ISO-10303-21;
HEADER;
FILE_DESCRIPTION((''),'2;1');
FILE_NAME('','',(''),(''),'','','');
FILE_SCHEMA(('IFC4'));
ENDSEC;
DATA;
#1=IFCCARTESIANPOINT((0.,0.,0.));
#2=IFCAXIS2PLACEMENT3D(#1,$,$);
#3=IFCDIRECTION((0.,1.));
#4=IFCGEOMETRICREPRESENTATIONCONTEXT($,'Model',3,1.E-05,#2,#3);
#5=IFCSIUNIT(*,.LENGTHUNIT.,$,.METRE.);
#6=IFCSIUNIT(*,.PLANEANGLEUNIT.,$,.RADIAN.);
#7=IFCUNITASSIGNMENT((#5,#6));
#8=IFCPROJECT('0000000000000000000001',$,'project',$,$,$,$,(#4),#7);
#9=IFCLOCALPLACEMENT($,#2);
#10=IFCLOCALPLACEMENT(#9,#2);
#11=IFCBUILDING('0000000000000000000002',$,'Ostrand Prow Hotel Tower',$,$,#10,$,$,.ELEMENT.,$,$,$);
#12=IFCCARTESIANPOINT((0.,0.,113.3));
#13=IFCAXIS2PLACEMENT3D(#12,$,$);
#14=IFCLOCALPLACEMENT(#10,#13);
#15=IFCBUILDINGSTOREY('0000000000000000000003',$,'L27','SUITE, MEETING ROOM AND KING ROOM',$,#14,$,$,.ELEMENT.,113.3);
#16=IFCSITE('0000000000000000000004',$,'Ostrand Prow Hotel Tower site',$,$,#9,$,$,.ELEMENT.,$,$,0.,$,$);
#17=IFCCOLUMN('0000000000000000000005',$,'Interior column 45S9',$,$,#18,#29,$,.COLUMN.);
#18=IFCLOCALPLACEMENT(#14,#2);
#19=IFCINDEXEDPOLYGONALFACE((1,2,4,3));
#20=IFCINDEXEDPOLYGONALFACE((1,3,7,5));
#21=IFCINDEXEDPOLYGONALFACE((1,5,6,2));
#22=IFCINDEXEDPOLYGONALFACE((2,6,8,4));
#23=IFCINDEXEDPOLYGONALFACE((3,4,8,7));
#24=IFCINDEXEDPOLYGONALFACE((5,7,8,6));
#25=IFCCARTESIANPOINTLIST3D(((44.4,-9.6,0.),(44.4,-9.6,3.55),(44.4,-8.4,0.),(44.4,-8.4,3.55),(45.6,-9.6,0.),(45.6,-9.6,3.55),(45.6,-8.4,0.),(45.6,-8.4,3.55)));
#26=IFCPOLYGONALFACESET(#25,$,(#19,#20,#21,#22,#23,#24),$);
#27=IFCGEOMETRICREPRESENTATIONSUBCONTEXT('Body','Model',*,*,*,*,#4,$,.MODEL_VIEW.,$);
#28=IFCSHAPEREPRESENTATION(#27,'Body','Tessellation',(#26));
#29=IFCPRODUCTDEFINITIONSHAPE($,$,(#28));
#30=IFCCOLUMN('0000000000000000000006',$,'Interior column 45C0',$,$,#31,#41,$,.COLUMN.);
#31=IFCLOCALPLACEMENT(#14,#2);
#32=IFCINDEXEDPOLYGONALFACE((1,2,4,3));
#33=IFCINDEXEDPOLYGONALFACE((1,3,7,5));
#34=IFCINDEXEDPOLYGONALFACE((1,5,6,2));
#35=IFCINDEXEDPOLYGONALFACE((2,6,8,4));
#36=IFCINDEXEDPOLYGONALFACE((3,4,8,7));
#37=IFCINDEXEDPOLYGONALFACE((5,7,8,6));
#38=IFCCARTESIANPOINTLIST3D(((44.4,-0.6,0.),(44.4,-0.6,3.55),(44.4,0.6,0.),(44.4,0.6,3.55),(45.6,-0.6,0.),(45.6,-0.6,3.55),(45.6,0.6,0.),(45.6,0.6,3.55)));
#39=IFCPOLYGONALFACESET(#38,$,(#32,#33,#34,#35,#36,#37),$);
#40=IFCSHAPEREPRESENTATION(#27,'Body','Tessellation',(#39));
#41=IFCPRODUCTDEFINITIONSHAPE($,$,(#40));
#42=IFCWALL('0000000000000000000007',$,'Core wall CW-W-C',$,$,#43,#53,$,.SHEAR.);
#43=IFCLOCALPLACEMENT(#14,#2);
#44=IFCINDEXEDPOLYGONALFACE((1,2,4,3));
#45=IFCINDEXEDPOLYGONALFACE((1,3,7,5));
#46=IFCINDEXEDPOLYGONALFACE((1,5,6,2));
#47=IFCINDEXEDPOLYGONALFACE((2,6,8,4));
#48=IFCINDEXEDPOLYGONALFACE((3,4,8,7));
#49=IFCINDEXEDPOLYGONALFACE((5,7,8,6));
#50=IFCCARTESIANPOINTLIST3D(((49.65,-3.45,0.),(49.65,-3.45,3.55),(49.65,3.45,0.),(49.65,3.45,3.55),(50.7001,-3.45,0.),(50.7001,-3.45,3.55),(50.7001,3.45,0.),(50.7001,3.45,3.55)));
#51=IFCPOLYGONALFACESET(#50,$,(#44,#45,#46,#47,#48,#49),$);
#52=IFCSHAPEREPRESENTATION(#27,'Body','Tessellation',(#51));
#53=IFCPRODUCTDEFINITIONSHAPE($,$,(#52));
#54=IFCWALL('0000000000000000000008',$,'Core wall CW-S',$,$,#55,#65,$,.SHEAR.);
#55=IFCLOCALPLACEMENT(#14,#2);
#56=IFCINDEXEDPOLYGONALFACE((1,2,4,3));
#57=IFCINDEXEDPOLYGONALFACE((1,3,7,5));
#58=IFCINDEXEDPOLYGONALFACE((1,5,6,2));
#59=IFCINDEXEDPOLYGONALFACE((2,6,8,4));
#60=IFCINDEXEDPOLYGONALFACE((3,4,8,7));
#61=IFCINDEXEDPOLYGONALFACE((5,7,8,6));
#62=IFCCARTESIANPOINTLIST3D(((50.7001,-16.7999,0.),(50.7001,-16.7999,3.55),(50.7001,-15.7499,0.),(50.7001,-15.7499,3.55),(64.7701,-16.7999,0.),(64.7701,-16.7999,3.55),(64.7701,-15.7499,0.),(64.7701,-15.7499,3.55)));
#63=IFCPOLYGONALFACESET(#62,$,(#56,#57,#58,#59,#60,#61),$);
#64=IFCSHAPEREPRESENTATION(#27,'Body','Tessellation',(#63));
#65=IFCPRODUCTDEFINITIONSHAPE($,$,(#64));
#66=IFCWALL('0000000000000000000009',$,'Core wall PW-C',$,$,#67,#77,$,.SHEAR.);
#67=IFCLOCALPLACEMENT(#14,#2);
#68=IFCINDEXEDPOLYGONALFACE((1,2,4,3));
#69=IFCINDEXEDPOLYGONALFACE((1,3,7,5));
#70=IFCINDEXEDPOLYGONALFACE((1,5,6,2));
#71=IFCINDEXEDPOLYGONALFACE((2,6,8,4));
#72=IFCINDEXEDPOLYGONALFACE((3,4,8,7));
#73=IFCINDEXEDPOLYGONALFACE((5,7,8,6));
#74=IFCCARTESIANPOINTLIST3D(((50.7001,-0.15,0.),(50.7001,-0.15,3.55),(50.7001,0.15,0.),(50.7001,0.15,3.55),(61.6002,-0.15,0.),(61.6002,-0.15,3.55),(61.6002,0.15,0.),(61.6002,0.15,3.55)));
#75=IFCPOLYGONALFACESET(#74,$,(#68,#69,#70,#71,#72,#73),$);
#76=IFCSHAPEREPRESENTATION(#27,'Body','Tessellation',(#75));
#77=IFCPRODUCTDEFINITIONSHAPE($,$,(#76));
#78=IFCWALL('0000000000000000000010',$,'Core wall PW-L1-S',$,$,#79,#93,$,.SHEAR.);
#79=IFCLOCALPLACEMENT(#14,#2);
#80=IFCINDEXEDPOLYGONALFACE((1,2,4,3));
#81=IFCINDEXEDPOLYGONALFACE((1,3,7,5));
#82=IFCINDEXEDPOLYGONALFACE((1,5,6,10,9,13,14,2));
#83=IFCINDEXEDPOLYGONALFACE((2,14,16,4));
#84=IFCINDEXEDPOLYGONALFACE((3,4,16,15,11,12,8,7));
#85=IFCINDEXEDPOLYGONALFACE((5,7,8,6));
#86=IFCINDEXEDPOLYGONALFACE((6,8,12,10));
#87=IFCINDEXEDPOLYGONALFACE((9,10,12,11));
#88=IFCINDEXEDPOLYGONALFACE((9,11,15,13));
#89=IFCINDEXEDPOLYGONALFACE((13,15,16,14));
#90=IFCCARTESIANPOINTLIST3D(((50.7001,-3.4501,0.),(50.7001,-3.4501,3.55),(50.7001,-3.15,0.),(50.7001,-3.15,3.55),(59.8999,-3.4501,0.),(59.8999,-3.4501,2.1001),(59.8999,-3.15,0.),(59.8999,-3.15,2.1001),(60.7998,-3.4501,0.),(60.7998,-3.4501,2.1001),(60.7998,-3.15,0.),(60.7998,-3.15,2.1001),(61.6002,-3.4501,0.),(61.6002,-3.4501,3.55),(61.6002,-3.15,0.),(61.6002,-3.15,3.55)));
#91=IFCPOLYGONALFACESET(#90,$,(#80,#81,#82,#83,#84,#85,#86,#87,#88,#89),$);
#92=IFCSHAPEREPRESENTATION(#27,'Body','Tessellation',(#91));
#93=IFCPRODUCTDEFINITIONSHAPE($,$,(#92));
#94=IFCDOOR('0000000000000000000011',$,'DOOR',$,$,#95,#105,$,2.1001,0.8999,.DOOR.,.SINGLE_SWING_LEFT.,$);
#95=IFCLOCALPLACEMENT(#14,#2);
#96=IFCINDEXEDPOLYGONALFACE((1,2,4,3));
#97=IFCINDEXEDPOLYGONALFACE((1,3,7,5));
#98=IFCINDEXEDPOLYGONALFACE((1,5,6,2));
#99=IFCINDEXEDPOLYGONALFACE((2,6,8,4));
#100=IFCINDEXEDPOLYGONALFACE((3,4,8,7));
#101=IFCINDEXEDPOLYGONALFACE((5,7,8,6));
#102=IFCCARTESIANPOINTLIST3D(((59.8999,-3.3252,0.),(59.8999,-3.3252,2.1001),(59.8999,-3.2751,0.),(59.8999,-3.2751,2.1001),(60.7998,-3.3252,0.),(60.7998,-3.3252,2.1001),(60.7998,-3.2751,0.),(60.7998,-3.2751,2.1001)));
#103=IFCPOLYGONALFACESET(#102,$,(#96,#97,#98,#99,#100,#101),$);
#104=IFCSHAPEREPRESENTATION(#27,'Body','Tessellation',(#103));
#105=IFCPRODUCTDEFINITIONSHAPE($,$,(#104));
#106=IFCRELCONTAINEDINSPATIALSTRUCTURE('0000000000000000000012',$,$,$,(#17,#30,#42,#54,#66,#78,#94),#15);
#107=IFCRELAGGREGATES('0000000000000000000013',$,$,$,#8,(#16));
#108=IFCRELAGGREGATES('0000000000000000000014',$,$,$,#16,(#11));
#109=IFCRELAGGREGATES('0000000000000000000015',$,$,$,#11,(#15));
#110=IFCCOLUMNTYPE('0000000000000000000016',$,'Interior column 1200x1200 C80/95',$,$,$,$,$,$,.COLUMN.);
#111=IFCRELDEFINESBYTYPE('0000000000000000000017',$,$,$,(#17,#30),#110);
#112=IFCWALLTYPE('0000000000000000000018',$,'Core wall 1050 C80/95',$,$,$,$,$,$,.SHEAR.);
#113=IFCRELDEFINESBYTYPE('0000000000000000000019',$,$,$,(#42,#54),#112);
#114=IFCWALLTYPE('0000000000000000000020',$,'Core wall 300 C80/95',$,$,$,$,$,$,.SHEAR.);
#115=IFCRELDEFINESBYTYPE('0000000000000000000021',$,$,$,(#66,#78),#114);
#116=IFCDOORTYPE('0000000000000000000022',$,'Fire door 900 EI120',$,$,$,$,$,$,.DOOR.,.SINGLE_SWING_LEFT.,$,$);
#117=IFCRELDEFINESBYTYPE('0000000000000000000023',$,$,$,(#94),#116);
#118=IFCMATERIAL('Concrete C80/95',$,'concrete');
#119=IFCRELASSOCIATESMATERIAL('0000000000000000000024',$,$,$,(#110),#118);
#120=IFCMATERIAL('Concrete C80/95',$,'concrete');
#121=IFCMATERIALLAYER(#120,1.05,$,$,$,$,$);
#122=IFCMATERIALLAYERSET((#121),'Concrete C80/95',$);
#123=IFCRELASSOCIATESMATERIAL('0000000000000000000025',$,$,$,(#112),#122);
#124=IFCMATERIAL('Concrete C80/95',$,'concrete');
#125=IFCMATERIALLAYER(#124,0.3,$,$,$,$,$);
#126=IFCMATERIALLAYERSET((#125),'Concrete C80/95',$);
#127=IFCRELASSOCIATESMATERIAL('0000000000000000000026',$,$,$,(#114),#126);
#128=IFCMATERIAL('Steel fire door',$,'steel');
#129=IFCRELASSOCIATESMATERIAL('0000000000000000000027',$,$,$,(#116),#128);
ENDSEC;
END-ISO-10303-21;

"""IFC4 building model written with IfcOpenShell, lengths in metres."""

from ifc_helpers import new_model, si_unit, direction, frame, frame_2d, origin, origin_2d, place, context, subcontext, project, spatial, rectangle, extrude, material, layer, layer_set, material_profile, profile_set, type_object, element, fill, save


model = new_model("IFC4")

# Units and contexts
model_context = context("Model", 3, precision=1e-05, world=origin(), true_north=direction((0.0, 1.0)))
body_context = subcontext(model_context, "Body", "Model", "MODEL_VIEW")
ifc_project = project(units=[si_unit("LENGTHUNIT", "METRE"), si_unit("PLANEANGLEUNIT", "RADIAN")], contexts=[model_context])

# Site, building, storey
site_placement = place(None, origin())
site = spatial("IfcSite", under=ifc_project, at=site_placement, Name="Ostrand Prow Hotel Tower site", CompositionType="ELEMENT", RefElevation=0.0)
building_placement = place(site_placement, origin())
building = spatial("IfcBuilding", under=site, at=building_placement, Name="Ostrand Prow Hotel Tower", CompositionType="ELEMENT")
storey_placement = place(building_placement, frame((0.0, 0.0, 113.3)))
storey = spatial("IfcBuildingStorey", under=building, at=storey_placement, Name="L27", Description="SUITE, MEETING ROOM AND KING ROOM", CompositionType="ELEMENT", Elevation=113.3)

# Columns
ifc_material_1 = material(Name="Concrete C80/95", Category="concrete")
ifc_material_profile = material_profile(ifc_material_1, rectangle(XDim=1.2, YDim=1.2, at=origin_2d()), Name="RC 1200x1200")
ifc_profile_set = profile_set([ifc_material_profile], Name="Concrete C80/95")
column_type = type_object("IfcColumnType", Name="Interior column 1200x1200 C80/95", PredefinedType="COLUMN", material=ifc_profile_set)
for number, where, z_axis, x_axis, name in (
    (1, (45.0, -9.0, 0.0), (0.0, 0.0, 1.0), (1.0, 0.0, 0.0), "Interior column 45S9"),
    (2, (45.0, 0.0, 0.0), (0.0, 0.0, 1.0), (1.0, 0.0, 0.0), "Interior column 45C0"),
):
    element("IfcColumn", number, at=place(storey_placement, frame(where, z_axis=z_axis, x_axis=x_axis)), inside=storey, type_object=column_type, Name=name, PredefinedType="COLUMN", context=body_context, shape_type="SweptSolid", body=[
        extrude(rectangle(XDim=1.2, YDim=1.2, at=origin_2d()), origin(), (0.0, 0.0, 1.0), 3.55),
    ])

# Walls
ifc_material_2 = material(Name="Concrete C80/95", Category="concrete")
ifc_layer_1 = layer(ifc_material_2, 1.05)
ifc_layer_set_1 = layer_set([ifc_layer_1], Name="Concrete C80/95")
wall_type_1 = type_object("IfcWallType", Name="Core wall 1050 C80/95", PredefinedType="SHEAR", material=ifc_layer_set_1)
wall_1_placement = place(storey_placement, frame((50.175, -3.45, 0.0), z_axis=(0.0, 0.0, 1.0), x_axis=(0.0, 1.0, 0.0)))
element("IfcWall", 3, at=wall_1_placement, inside=storey, type_object=wall_type_1, Name="Core wall CW-W-C", PredefinedType="SHEAR", context=body_context, shape_type="SweptSolid", body=[
    extrude(rectangle(XDim=6.8999, YDim=1.05, at=frame_2d((3.45, 0.0))), origin(), (0.0, 0.0, 1.0), 3.55),
])
wall_2_placement = place(storey_placement, frame((50.7, -16.2749, 0.0), z_axis=(0.0, 0.0, 1.0), x_axis=(1.0, 0.0, 0.0)))
element("IfcWall", 4, at=wall_2_placement, inside=storey, type_object=wall_type_1, Name="Core wall CW-S", PredefinedType="SHEAR", context=body_context, shape_type="SweptSolid", body=[
    extrude(rectangle(XDim=14.0701, YDim=1.05, at=frame_2d((7.0352, 0.0))), origin(), (0.0, 0.0, 1.0), 3.55),
])
ifc_material_3 = material(Name="Concrete C80/95", Category="concrete")
ifc_layer_2 = layer(ifc_material_3, 0.3)
ifc_layer_set_2 = layer_set([ifc_layer_2], Name="Concrete C80/95")
wall_type_2 = type_object("IfcWallType", Name="Core wall 300 C80/95", PredefinedType="SHEAR", material=ifc_layer_set_2)
wall_3_placement = place(storey_placement, frame((50.7, 0.0, 0.0), z_axis=(0.0, 0.0, 1.0), x_axis=(1.0, 0.0, 0.0)))
element("IfcWall", 5, at=wall_3_placement, inside=storey, type_object=wall_type_2, Name="Core wall PW-C", PredefinedType="SHEAR", context=body_context, shape_type="SweptSolid", body=[
    extrude(rectangle(XDim=10.9001, YDim=0.3, at=frame_2d((5.4502, 0.0))), origin(), (0.0, 0.0, 1.0), 3.55),
])

# Wall, opening, door
wall_4_placement = place(storey_placement, frame((50.7, -3.3, 0.0), z_axis=(0.0, 0.0, 1.0), x_axis=(1.0, 0.0, 0.0)))
wall_4 = element("IfcWall", 6, at=wall_4_placement, inside=storey, type_object=wall_type_2, Name="Core wall PW-L1-S", PredefinedType="SHEAR", context=body_context, shape_type="SweptSolid", body=[
    extrude(rectangle(XDim=10.9001, YDim=0.3, at=frame_2d((5.4502, 0.0))), origin(), (0.0, 0.0, 1.0), 3.55),
])
opening_1_placement = place(wall_4_placement, frame((9.2, 0.0, 0.0)))
opening_1 = element("IfcOpeningElement", 7, at=opening_1_placement, cuts=wall_4, PredefinedType="OPENING", context=body_context, shape_type="SweptSolid", body=[
    extrude(rectangle(XDim=0.8999, YDim=2.1001, at=frame_2d((0.45, 1.05))), frame((0.0, 0.1599, 0.0), z_axis=(0.0, -1.0, 0.0), x_axis=(1.0, 0.0, 0.0)), (0.0, 0.0, 1.0), 0.3201),
])
ifc_material_4 = material(Name="Steel fire door", Category="steel")
door_type_1 = type_object("IfcDoorType", Name="Fire door 900 EI120", OperationType="SINGLE_SWING_LEFT", PredefinedType="DOOR", material=ifc_material_4)
door_1_placement = place(opening_1_placement, origin())
door_1 = element("IfcDoor", 8, at=door_1_placement, inside=storey, type_object=door_type_1, Name="DOOR", OperationType="SINGLE_SWING_LEFT", OverallHeight=2.1001, OverallWidth=0.8999, PredefinedType="DOOR", context=body_context, shape_type="SweptSolid", body=[
    extrude(rectangle(XDim=0.8999, YDim=2.1001, at=frame_2d((0.45, 1.05))), frame((0.0, 0.0249, 0.0), z_axis=(0.0, -1.0, 0.0), x_axis=(1.0, 0.0, 0.0)), (0.0, 0.0, 1.0), 0.05),
])
fill(opening_1, door_1)

save(model, "model.ifc")
